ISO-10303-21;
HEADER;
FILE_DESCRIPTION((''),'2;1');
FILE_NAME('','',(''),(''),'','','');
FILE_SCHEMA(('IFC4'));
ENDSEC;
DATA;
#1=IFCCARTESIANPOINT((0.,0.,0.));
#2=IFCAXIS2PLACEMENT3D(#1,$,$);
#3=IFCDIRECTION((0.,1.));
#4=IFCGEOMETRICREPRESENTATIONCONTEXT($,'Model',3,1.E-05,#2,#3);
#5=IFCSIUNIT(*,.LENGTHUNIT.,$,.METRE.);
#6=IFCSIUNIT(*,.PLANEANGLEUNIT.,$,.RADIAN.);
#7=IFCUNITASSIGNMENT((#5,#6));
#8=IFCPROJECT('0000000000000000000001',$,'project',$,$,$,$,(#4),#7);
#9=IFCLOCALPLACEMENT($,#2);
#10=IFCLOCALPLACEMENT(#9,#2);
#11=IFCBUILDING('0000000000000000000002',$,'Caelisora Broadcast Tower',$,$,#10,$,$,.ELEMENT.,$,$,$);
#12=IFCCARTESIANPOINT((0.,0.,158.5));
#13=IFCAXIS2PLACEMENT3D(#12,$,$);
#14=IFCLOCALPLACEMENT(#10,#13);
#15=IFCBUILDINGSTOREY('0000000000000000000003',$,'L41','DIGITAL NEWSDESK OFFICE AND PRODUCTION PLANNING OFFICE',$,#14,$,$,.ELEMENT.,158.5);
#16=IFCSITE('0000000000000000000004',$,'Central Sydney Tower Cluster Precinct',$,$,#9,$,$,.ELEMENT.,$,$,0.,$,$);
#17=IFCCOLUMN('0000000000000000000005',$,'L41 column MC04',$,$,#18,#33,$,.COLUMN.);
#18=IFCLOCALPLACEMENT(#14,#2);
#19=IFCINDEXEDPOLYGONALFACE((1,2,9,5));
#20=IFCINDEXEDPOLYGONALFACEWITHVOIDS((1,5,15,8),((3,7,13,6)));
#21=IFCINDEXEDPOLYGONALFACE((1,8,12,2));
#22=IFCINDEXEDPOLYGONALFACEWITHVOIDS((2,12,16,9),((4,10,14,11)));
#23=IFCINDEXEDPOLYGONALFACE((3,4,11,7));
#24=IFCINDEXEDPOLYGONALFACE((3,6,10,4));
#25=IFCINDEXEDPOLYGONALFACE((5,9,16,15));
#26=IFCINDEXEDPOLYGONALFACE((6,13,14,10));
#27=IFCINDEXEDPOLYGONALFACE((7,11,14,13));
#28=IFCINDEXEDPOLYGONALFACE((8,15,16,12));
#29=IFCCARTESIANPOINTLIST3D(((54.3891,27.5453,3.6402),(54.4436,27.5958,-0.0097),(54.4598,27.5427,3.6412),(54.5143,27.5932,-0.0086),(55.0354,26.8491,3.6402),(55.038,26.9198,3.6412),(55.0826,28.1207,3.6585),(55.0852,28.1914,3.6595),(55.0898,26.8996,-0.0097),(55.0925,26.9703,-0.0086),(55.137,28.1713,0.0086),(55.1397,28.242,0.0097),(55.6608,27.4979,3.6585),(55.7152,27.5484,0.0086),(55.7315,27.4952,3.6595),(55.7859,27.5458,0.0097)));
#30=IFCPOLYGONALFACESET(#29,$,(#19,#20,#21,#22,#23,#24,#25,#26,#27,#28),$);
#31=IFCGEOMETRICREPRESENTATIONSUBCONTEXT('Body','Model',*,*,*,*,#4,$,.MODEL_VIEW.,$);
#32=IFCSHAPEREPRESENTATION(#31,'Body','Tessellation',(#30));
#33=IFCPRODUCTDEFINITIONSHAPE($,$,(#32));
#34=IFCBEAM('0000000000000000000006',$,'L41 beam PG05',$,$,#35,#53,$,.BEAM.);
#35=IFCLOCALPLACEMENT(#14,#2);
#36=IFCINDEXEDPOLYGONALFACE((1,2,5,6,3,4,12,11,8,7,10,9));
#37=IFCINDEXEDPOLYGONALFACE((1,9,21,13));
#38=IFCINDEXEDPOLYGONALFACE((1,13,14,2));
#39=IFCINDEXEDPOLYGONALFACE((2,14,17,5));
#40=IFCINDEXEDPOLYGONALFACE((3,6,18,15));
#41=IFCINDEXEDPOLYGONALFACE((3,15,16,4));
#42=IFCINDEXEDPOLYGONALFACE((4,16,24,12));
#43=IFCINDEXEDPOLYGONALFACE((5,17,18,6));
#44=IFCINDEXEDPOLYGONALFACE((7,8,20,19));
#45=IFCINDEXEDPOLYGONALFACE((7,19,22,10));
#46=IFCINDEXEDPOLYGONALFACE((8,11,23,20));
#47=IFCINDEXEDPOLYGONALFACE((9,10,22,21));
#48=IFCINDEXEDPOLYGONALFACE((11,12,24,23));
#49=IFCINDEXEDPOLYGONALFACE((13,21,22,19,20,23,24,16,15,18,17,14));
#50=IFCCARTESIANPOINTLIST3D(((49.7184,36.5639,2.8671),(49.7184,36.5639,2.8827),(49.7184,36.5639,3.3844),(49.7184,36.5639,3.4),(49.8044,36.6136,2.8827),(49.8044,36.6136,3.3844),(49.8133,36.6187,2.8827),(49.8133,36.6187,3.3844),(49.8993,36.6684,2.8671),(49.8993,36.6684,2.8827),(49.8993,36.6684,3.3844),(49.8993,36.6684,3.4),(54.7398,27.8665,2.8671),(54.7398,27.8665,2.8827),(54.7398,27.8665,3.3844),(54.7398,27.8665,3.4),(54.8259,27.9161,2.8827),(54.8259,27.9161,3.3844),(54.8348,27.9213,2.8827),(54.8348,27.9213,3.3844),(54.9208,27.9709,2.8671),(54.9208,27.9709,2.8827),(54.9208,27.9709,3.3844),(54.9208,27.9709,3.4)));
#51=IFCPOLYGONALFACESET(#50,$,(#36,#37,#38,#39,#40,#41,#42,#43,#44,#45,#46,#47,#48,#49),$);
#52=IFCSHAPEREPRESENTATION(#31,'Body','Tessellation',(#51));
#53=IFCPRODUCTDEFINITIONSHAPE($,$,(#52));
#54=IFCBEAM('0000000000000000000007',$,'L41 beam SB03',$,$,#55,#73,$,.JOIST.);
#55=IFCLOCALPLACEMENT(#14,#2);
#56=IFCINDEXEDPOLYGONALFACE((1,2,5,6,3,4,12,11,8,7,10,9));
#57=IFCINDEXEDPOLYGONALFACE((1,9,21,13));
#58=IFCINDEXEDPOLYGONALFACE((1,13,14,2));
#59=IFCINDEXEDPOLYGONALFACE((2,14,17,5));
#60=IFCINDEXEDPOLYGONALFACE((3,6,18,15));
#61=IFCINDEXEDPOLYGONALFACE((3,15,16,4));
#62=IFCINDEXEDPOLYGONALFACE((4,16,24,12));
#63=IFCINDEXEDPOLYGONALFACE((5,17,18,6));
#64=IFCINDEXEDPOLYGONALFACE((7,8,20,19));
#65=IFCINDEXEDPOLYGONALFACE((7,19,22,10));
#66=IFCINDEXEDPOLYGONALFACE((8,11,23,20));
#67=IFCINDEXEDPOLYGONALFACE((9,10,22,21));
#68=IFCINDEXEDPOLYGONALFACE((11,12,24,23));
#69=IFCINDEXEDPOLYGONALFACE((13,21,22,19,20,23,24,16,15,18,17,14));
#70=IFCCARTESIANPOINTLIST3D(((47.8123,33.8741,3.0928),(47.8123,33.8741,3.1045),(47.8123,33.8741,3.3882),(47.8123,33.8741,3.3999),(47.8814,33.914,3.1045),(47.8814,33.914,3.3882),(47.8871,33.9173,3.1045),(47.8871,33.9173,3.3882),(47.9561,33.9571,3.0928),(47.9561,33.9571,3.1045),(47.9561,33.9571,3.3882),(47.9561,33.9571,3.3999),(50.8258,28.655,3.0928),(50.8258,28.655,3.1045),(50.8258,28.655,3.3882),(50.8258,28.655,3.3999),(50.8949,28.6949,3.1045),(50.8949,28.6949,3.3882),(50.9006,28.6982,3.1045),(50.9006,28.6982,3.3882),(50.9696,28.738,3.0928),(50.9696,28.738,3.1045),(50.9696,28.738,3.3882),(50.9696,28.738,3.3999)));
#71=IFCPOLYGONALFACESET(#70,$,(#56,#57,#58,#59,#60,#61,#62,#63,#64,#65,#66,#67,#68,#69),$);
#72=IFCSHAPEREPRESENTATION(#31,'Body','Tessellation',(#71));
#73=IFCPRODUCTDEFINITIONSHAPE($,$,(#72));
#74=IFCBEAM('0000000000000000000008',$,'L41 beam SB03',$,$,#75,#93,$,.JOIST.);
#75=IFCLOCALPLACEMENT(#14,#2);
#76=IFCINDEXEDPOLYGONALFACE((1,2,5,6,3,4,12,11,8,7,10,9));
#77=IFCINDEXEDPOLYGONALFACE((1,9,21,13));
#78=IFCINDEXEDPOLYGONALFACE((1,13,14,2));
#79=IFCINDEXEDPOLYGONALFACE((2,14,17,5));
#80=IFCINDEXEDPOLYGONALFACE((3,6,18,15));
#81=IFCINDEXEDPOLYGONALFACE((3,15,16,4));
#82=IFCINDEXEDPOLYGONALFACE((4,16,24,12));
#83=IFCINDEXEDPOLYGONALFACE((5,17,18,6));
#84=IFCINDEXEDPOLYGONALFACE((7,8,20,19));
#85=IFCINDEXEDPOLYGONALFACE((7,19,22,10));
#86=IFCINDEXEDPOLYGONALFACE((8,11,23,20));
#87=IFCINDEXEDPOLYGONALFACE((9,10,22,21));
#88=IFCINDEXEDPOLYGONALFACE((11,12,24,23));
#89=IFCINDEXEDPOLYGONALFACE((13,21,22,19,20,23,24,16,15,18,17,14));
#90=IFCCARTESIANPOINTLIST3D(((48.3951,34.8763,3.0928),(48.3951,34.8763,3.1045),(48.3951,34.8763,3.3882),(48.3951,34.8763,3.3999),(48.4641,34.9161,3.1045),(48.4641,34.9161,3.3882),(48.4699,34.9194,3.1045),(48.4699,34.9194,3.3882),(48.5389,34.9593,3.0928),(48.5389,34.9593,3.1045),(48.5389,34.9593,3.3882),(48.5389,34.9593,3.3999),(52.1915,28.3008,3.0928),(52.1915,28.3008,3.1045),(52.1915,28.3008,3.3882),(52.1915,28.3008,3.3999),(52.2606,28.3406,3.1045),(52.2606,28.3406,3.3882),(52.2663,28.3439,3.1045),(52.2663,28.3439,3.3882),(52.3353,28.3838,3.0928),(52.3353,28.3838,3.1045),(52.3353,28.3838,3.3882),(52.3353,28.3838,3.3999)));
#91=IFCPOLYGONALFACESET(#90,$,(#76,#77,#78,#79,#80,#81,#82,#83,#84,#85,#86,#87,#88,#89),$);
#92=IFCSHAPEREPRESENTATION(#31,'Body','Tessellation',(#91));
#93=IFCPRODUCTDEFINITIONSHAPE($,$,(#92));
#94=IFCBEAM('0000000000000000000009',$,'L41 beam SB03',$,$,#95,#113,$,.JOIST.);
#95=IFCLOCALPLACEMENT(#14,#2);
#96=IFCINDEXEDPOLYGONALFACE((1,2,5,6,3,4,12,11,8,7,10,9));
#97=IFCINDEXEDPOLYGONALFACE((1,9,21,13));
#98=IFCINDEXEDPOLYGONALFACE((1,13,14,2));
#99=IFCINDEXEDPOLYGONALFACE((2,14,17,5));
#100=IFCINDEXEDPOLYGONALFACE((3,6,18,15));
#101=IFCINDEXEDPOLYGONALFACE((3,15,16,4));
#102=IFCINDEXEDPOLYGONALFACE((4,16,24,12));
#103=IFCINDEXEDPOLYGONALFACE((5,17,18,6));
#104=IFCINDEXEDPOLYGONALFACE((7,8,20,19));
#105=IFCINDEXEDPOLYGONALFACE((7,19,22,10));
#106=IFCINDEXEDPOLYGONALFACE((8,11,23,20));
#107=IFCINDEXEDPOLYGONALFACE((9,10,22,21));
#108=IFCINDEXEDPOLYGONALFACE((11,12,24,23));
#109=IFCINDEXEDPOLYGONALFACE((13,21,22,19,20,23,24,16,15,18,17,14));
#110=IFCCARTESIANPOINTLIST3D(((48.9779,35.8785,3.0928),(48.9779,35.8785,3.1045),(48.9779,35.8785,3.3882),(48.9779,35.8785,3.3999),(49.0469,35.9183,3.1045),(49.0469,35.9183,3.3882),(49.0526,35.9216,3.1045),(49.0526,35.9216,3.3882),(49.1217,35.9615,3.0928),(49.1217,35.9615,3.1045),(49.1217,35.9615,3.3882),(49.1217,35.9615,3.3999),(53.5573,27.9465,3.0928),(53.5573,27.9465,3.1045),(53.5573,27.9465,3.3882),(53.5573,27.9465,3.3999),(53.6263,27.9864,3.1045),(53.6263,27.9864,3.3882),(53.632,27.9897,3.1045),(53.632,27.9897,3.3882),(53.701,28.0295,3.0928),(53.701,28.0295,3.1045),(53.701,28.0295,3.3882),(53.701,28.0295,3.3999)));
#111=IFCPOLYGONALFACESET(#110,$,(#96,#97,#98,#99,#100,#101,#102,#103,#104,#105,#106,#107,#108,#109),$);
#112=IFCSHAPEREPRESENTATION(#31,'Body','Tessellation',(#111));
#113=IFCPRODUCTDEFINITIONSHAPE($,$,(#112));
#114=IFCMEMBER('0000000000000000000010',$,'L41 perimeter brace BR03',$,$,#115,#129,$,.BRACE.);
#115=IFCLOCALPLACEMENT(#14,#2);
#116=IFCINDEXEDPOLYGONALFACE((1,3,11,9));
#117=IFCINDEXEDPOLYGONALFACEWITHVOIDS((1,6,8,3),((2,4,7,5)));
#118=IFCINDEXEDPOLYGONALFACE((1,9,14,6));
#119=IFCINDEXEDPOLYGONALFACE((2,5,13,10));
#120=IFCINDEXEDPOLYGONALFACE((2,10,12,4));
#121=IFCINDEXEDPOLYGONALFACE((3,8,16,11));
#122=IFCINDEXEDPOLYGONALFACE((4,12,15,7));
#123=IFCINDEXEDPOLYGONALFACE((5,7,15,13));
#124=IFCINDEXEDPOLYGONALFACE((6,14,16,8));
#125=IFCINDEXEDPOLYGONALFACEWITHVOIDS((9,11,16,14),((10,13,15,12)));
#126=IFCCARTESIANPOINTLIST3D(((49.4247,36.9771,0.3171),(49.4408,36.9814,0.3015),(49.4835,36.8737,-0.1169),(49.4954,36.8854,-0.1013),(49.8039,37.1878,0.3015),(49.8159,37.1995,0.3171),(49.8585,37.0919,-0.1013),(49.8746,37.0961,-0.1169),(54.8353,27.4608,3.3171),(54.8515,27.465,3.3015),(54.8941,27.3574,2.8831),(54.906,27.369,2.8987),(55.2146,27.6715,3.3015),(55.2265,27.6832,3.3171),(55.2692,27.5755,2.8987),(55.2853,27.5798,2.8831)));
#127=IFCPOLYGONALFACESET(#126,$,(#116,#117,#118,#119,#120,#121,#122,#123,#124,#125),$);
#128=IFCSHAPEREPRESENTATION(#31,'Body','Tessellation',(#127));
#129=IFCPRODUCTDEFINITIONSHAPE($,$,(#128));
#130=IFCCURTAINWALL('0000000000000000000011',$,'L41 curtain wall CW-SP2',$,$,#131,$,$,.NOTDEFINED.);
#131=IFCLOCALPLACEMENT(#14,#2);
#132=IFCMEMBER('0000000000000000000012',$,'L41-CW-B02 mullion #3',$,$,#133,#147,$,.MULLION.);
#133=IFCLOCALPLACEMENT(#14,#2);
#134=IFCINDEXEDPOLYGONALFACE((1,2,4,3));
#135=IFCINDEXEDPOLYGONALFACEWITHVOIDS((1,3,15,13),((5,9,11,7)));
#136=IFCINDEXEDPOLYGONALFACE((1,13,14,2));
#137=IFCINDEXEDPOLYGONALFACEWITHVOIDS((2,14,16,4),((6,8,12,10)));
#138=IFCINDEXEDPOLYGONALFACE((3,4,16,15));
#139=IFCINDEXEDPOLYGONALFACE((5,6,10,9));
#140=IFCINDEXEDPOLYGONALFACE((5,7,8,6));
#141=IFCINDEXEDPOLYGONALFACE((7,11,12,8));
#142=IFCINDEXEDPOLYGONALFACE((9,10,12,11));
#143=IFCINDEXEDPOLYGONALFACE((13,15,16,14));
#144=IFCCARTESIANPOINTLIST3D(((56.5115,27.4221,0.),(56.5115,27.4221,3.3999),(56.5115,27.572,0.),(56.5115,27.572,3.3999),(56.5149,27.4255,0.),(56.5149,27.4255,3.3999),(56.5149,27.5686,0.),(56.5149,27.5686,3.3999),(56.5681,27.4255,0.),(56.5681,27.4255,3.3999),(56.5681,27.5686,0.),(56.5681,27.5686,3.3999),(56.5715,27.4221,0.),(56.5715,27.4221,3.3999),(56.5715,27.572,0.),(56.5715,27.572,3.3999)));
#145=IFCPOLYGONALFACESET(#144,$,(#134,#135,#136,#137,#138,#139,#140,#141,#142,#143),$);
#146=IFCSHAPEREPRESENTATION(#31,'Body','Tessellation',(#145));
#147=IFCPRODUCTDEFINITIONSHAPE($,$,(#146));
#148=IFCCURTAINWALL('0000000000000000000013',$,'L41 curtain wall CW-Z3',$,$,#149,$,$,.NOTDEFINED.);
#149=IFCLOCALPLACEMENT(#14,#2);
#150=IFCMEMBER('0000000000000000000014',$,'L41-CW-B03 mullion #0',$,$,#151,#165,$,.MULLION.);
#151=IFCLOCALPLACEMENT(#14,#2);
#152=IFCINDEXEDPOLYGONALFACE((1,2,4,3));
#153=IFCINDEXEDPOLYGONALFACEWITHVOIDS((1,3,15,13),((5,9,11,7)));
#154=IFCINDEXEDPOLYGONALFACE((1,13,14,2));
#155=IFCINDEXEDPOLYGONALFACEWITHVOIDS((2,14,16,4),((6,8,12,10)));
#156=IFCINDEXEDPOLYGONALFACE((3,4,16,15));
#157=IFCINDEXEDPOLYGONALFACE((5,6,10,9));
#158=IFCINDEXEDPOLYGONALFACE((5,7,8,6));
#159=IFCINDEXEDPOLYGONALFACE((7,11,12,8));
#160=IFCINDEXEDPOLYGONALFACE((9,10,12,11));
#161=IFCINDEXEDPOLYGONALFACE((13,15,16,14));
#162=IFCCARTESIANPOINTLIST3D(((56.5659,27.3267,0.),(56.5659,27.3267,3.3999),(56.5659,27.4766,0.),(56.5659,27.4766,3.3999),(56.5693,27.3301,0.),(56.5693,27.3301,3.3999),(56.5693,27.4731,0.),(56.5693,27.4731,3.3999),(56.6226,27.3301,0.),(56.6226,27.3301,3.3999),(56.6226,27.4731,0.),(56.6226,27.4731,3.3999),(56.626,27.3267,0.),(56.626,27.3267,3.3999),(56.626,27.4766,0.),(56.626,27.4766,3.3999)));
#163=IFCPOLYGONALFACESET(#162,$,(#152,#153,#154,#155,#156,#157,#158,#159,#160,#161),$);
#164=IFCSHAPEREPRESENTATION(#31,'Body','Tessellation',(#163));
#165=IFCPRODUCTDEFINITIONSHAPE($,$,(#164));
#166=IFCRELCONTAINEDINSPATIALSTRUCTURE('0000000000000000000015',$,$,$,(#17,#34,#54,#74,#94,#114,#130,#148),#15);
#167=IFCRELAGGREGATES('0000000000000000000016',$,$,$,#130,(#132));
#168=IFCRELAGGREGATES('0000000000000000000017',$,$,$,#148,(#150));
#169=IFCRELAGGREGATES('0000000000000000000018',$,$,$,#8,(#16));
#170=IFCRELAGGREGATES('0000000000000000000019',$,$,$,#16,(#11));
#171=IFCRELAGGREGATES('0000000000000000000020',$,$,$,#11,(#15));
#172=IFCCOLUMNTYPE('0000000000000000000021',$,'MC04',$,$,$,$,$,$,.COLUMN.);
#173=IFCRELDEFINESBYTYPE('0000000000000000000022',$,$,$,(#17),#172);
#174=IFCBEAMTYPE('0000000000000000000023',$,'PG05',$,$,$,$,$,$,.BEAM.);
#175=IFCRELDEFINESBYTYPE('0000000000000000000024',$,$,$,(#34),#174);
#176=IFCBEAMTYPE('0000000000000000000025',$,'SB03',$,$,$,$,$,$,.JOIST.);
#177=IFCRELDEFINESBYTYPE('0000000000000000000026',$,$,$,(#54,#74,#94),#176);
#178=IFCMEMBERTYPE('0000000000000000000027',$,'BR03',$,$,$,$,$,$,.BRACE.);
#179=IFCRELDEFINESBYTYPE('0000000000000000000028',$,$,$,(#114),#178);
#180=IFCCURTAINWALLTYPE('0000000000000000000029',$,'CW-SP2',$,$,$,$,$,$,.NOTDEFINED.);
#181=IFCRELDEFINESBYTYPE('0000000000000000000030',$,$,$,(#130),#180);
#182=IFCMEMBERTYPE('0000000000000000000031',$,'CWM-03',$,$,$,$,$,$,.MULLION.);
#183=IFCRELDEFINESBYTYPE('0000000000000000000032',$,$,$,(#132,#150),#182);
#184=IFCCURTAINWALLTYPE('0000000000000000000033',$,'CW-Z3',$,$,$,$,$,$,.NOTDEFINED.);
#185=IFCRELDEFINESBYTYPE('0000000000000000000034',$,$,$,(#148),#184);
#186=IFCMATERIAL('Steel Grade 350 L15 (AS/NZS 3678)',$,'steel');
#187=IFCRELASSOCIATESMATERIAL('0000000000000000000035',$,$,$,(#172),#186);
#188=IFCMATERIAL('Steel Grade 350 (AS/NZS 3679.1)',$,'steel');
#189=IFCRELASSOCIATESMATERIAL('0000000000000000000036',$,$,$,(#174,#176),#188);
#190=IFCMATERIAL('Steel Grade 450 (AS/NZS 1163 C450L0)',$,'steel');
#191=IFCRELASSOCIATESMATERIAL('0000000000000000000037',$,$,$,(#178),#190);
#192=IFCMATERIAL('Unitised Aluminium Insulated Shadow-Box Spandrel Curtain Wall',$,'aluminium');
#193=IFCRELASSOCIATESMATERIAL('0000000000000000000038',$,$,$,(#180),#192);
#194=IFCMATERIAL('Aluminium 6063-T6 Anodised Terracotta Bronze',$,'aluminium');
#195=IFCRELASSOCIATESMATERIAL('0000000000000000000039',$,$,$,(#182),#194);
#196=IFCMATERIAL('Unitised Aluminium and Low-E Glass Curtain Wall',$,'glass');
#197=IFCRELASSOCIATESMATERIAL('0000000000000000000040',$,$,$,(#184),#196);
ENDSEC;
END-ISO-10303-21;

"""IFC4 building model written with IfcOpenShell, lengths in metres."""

from ifc_helpers import new_model, si_unit, direction, frame, origin, origin_2d, place, context, subcontext, project, spatial, hollow_rectangle, i_section, extrude, source, transform, mapped, material, material_profile, profile_set, type_object, type_shapes, element, aggregate, save


model = new_model("IFC4")

# Units and contexts
model_context = context("Model", 3, precision=1e-05, world=origin(), true_north=direction((0.0, 1.0)))
body_context = subcontext(model_context, "Body", "Model", "MODEL_VIEW")
ifc_project = project(units=[si_unit("LENGTHUNIT", "METRE"), si_unit("PLANEANGLEUNIT", "RADIAN")], contexts=[model_context])

# Site, building, storey
site_placement = place(None, origin())
site = spatial("IfcSite", under=ifc_project, at=site_placement, Name="Central Sydney Tower Cluster Precinct", CompositionType="ELEMENT", RefElevation=0.0)
building_placement = place(site_placement, origin())
building = spatial("IfcBuilding", under=site, at=building_placement, Name="Caelisora Broadcast Tower", CompositionType="ELEMENT")
storey_placement = place(building_placement, frame((0.0, 0.0, 158.5)))
storey = spatial("IfcBuildingStorey", under=building, at=storey_placement, Name="L41", Description="DIGITAL NEWSDESK OFFICE AND PRODUCTION PLANNING OFFICE", CompositionType="ELEMENT", Elevation=158.5)

# Column
ifc_material_1 = material(Name="Steel Grade 350 L15 (AS/NZS 3678)", Category="steel")
ifc_material_profile_1 = material_profile(ifc_material_1, hollow_rectangle(XDim=0.95, YDim=0.95, WallThickness=0.05, at=origin_2d()), Name="Steel Grade 350 L15 (AS/NZS 3678)")
ifc_profile_set_1 = profile_set([ifc_material_profile_1], Name="Steel Grade 350 L15 (AS/NZS 3678)")
column_type = type_object("IfcColumnType", Name="MC04", PredefinedType="COLUMN", material=ifc_profile_set_1)
shared_shape_1 = source(origin(), body_context, "Body", "SweptSolid", [
    extrude(hollow_rectangle(XDim=0.95, YDim=0.95, WallThickness=0.05, at=origin_2d()), origin(), (0.0, 0.0, 1.0), 3.6506),
])
type_shapes(column_type, [shared_shape_1])
column_placement = place(storey_placement, frame((55.1147, 27.5708, 0.0), z_axis=(-0.014913, -0.013843, 0.999793), x_axis=(0.680325, -0.732911, 0.0)))
element("IfcColumn", 1, at=column_placement, inside=storey, type_object=column_type, Name="L41 column MC04", PredefinedType="COLUMN", context=body_context, shape_type="MappedRepresentation", body=[
    mapped(shared_shape_1, transform((0.0, 0.0, 0.0), scale=1.0)),
])

# Beams
ifc_material_2 = material(Name="Steel Grade 350 (AS/NZS 3679.1)", Category="steel")
ifc_material_profile_2 = material_profile(ifc_material_2, i_section(OverallWidth=0.209, OverallDepth=0.533, WebThickness=0.0103, FlangeThickness=0.0156, at=origin_2d()), Name="Steel Grade 350 (AS/NZS 3679.1)")
ifc_profile_set_2 = profile_set([ifc_material_profile_2], Name="Steel Grade 350 (AS/NZS 3679.1)")
beam_type_1 = type_object("IfcBeamType", Name="PG05", PredefinedType="BEAM", material=ifc_profile_set_2)
shared_shape_2 = source(origin(), body_context, "Body", "SweptSolid", [
    extrude(i_section(OverallWidth=0.209, OverallDepth=0.533, WebThickness=0.0103, FlangeThickness=0.0156, at=origin_2d()), origin(), (0.0, 0.0, 1.0), 10.043),
])
type_shapes(beam_type_1, [shared_shape_2])
beam_1_placement = place(storey_placement, frame((54.8303, 27.9187, 3.1335), z_axis=(-0.499998, 0.866026, 0.0), x_axis=(-0.866026, -0.499998, 0.0)))
element("IfcBeam", 2, at=beam_1_placement, inside=storey, type_object=beam_type_1, Name="L41 beam PG05", PredefinedType="BEAM", context=body_context, shape_type="MappedRepresentation", body=[
    mapped(shared_shape_2, transform((0.0, 0.0, 0.0), scale=1.0)),
])
ifc_material_profile_3 = material_profile(ifc_material_2, i_section(OverallWidth=0.166, OverallDepth=0.3071, WebThickness=0.0066, FlangeThickness=0.0117, at=origin_2d()), Name="Steel Grade 350 (AS/NZS 3679.1)")
ifc_profile_set_3 = profile_set([ifc_material_profile_3], Name="Steel Grade 350 (AS/NZS 3679.1)")
beam_type_2 = type_object("IfcBeamType", Name="SB03", PredefinedType="JOIST", material=ifc_profile_set_3)
shared_shape_3 = source(origin(), body_context, "Body", "SweptSolid", [
    extrude(i_section(OverallWidth=0.166, OverallDepth=0.3071, WebThickness=0.0066, FlangeThickness=0.0117, at=origin_2d()), origin(), (0.0, 0.0, 1.0), 6.0266),
])
beam_2_placement = place(storey_placement, frame((50.8977, 28.6965, 3.2463), z_axis=(-0.50003, 0.866008, 0.0), x_axis=(-0.866008, -0.50003, 0.0)))
element("IfcBeam", 3, at=beam_2_placement, inside=storey, type_object=beam_type_2, Name="L41 beam SB03", PredefinedType="JOIST", context=body_context, shape_type="MappedRepresentation", body=[
    mapped(shared_shape_3, transform((0.0, 0.0, 0.0), scale=1.0)),
])
shared_shape_4 = source(origin(), body_context, "Body", "SweptSolid", [
    extrude(i_section(OverallWidth=0.166, OverallDepth=0.3071, WebThickness=0.0066, FlangeThickness=0.0117, at=origin_2d()), origin(), (0.0, 0.0, 1.0), 7.5928),
])
beam_3_placement = place(storey_placement, frame((52.2634, 28.3423, 3.2463), z_axis=(-0.500005, 0.866022, 0.0), x_axis=(-0.866022, -0.500005, 0.0)))
element("IfcBeam", 4, at=beam_3_placement, inside=storey, type_object=beam_type_2, Name="L41 beam SB03", PredefinedType="JOIST", context=body_context, shape_type="MappedRepresentation", body=[
    mapped(shared_shape_4, transform((0.0, 0.0, 0.0), scale=1.0)),
])
shared_shape_5 = source(origin(), body_context, "Body", "SweptSolid", [
    extrude(i_section(OverallWidth=0.166, OverallDepth=0.3071, WebThickness=0.0066, FlangeThickness=0.0117, at=origin_2d()), origin(), (0.0, 0.0, 1.0), 9.1589),
])
type_shapes(beam_type_2, [shared_shape_3, shared_shape_4, shared_shape_5])
beam_4_placement = place(storey_placement, frame((53.6292, 27.988, 3.2463), z_axis=(-0.499989, 0.866032, 0.0), x_axis=(-0.866032, -0.499989, 0.0)))
element("IfcBeam", 5, at=beam_4_placement, inside=storey, type_object=beam_type_2, Name="L41 beam SB03", PredefinedType="JOIST", context=body_context, shape_type="MappedRepresentation", body=[
    mapped(shared_shape_5, transform((0.0, 0.0, 0.0), scale=1.0)),
])

# Member
ifc_material_3 = material(Name="Steel Grade 450 (AS/NZS 1163 C450L0)", Category="steel")
ifc_material_profile_4 = material_profile(ifc_material_3, hollow_rectangle(XDim=0.45, YDim=0.45, WallThickness=0.0161, at=origin_2d()), Name="Steel Grade 450 (AS/NZS 1163 C450L0)")
ifc_profile_set_4 = profile_set([ifc_material_profile_4], Name="Steel Grade 450 (AS/NZS 1163 C450L0)")
member_type_1 = type_object("IfcMemberType", Name="BR03", PredefinedType="BRACE", material=ifc_profile_set_4)
shared_shape_6 = source(origin(), body_context, "Body", "SweptSolid", [
    extrude(hollow_rectangle(XDim=0.45, YDim=0.45, WallThickness=0.0161, at=origin_2d()), origin(), (0.0, 0.0, 1.0), 11.3506),
])
type_shapes(member_type_1, [shared_shape_6])
member_1_placement = place(storey_placement, frame((55.0603, 27.5203, 3.1001), z_axis=(-0.476684, 0.838401, -0.264303), x_axis=(-0.869314, -0.49426, 0.0)))
element("IfcMember", 6, at=member_1_placement, inside=storey, type_object=member_type_1, Name="L41 perimeter brace BR03", PredefinedType="BRACE", context=body_context, shape_type="MappedRepresentation", body=[
    mapped(shared_shape_6, transform((0.0, 0.0, 0.0), scale=1.0)),
])

# Curtain wall, member
ifc_material_4 = material(Name="Unitised Aluminium Insulated Shadow-Box Spandrel Curtain Wall", Category="aluminium")
curtain_wall_type_1 = type_object("IfcCurtainWallType", Name="CW-SP2", PredefinedType="NOTDEFINED", material=ifc_material_4)
curtain_wall_1_placement = place(storey_placement, origin())
curtain_wall_1 = element("IfcCurtainWall", 7, at=curtain_wall_1_placement, inside=storey, type_object=curtain_wall_type_1, Name="L41 curtain wall CW-SP2", PredefinedType="NOTDEFINED")
ifc_material_5 = material(Name="Aluminium 6063-T6 Anodised Terracotta Bronze", Category="aluminium")
ifc_material_profile_5 = material_profile(ifc_material_5, hollow_rectangle(XDim=0.0601, YDim=0.1499, WallThickness=0.0034, at=origin_2d()), Name="Aluminium 6063-T6 Anodised Terracotta Bronze")
ifc_profile_set_5 = profile_set([ifc_material_profile_5], Name="Aluminium 6063-T6 Anodised Terracotta Bronze")
member_type_2 = type_object("IfcMemberType", Name="CWM-03", PredefinedType="MULLION", material=ifc_profile_set_5)
shared_shape_7 = source(origin(), body_context, "Body", "SweptSolid", [
    extrude(hollow_rectangle(XDim=0.0601, YDim=0.1499, WallThickness=0.0034, at=origin_2d()), origin(), (0.0, 0.0, 1.0), 3.3999),
])
type_shapes(member_type_2, [shared_shape_7])
member_2_placement = place(storey_placement, frame((56.5415, 27.4971, 0.0), z_axis=(0.0, 0.0, 1.0), x_axis=(1.0, 0.0, 0.0)))
member_2 = element("IfcMember", 8, at=member_2_placement, type_object=member_type_2, Name="L41-CW-B02 mullion #3", PredefinedType="MULLION", context=body_context, shape_type="MappedRepresentation", body=[
    mapped(shared_shape_7, transform((0.0, 0.0, 0.0), scale=1.0)),
])

# Curtain wall, member
ifc_material_6 = material(Name="Unitised Aluminium and Low-E Glass Curtain Wall", Category="glass")
curtain_wall_type_2 = type_object("IfcCurtainWallType", Name="CW-Z3", PredefinedType="NOTDEFINED", material=ifc_material_6)
curtain_wall_2_placement = place(storey_placement, origin())
curtain_wall_2 = element("IfcCurtainWall", 9, at=curtain_wall_2_placement, inside=storey, type_object=curtain_wall_type_2, Name="L41 curtain wall CW-Z3", PredefinedType="NOTDEFINED")
member_3_placement = place(storey_placement, frame((56.5959, 27.4016, 0.0), z_axis=(0.0, 0.0, 1.0), x_axis=(1.0, 0.0, 0.0)))
member_3 = element("IfcMember", 10, at=member_3_placement, type_object=member_type_2, Name="L41-CW-B03 mullion #0", PredefinedType="MULLION", context=body_context, shape_type="MappedRepresentation", body=[
    mapped(shared_shape_7, transform((0.0, 0.0, 0.0), scale=1.0)),
])

aggregate(curtain_wall_1, [member_2])
aggregate(curtain_wall_2, [member_3])

save(model, "model.ifc")
